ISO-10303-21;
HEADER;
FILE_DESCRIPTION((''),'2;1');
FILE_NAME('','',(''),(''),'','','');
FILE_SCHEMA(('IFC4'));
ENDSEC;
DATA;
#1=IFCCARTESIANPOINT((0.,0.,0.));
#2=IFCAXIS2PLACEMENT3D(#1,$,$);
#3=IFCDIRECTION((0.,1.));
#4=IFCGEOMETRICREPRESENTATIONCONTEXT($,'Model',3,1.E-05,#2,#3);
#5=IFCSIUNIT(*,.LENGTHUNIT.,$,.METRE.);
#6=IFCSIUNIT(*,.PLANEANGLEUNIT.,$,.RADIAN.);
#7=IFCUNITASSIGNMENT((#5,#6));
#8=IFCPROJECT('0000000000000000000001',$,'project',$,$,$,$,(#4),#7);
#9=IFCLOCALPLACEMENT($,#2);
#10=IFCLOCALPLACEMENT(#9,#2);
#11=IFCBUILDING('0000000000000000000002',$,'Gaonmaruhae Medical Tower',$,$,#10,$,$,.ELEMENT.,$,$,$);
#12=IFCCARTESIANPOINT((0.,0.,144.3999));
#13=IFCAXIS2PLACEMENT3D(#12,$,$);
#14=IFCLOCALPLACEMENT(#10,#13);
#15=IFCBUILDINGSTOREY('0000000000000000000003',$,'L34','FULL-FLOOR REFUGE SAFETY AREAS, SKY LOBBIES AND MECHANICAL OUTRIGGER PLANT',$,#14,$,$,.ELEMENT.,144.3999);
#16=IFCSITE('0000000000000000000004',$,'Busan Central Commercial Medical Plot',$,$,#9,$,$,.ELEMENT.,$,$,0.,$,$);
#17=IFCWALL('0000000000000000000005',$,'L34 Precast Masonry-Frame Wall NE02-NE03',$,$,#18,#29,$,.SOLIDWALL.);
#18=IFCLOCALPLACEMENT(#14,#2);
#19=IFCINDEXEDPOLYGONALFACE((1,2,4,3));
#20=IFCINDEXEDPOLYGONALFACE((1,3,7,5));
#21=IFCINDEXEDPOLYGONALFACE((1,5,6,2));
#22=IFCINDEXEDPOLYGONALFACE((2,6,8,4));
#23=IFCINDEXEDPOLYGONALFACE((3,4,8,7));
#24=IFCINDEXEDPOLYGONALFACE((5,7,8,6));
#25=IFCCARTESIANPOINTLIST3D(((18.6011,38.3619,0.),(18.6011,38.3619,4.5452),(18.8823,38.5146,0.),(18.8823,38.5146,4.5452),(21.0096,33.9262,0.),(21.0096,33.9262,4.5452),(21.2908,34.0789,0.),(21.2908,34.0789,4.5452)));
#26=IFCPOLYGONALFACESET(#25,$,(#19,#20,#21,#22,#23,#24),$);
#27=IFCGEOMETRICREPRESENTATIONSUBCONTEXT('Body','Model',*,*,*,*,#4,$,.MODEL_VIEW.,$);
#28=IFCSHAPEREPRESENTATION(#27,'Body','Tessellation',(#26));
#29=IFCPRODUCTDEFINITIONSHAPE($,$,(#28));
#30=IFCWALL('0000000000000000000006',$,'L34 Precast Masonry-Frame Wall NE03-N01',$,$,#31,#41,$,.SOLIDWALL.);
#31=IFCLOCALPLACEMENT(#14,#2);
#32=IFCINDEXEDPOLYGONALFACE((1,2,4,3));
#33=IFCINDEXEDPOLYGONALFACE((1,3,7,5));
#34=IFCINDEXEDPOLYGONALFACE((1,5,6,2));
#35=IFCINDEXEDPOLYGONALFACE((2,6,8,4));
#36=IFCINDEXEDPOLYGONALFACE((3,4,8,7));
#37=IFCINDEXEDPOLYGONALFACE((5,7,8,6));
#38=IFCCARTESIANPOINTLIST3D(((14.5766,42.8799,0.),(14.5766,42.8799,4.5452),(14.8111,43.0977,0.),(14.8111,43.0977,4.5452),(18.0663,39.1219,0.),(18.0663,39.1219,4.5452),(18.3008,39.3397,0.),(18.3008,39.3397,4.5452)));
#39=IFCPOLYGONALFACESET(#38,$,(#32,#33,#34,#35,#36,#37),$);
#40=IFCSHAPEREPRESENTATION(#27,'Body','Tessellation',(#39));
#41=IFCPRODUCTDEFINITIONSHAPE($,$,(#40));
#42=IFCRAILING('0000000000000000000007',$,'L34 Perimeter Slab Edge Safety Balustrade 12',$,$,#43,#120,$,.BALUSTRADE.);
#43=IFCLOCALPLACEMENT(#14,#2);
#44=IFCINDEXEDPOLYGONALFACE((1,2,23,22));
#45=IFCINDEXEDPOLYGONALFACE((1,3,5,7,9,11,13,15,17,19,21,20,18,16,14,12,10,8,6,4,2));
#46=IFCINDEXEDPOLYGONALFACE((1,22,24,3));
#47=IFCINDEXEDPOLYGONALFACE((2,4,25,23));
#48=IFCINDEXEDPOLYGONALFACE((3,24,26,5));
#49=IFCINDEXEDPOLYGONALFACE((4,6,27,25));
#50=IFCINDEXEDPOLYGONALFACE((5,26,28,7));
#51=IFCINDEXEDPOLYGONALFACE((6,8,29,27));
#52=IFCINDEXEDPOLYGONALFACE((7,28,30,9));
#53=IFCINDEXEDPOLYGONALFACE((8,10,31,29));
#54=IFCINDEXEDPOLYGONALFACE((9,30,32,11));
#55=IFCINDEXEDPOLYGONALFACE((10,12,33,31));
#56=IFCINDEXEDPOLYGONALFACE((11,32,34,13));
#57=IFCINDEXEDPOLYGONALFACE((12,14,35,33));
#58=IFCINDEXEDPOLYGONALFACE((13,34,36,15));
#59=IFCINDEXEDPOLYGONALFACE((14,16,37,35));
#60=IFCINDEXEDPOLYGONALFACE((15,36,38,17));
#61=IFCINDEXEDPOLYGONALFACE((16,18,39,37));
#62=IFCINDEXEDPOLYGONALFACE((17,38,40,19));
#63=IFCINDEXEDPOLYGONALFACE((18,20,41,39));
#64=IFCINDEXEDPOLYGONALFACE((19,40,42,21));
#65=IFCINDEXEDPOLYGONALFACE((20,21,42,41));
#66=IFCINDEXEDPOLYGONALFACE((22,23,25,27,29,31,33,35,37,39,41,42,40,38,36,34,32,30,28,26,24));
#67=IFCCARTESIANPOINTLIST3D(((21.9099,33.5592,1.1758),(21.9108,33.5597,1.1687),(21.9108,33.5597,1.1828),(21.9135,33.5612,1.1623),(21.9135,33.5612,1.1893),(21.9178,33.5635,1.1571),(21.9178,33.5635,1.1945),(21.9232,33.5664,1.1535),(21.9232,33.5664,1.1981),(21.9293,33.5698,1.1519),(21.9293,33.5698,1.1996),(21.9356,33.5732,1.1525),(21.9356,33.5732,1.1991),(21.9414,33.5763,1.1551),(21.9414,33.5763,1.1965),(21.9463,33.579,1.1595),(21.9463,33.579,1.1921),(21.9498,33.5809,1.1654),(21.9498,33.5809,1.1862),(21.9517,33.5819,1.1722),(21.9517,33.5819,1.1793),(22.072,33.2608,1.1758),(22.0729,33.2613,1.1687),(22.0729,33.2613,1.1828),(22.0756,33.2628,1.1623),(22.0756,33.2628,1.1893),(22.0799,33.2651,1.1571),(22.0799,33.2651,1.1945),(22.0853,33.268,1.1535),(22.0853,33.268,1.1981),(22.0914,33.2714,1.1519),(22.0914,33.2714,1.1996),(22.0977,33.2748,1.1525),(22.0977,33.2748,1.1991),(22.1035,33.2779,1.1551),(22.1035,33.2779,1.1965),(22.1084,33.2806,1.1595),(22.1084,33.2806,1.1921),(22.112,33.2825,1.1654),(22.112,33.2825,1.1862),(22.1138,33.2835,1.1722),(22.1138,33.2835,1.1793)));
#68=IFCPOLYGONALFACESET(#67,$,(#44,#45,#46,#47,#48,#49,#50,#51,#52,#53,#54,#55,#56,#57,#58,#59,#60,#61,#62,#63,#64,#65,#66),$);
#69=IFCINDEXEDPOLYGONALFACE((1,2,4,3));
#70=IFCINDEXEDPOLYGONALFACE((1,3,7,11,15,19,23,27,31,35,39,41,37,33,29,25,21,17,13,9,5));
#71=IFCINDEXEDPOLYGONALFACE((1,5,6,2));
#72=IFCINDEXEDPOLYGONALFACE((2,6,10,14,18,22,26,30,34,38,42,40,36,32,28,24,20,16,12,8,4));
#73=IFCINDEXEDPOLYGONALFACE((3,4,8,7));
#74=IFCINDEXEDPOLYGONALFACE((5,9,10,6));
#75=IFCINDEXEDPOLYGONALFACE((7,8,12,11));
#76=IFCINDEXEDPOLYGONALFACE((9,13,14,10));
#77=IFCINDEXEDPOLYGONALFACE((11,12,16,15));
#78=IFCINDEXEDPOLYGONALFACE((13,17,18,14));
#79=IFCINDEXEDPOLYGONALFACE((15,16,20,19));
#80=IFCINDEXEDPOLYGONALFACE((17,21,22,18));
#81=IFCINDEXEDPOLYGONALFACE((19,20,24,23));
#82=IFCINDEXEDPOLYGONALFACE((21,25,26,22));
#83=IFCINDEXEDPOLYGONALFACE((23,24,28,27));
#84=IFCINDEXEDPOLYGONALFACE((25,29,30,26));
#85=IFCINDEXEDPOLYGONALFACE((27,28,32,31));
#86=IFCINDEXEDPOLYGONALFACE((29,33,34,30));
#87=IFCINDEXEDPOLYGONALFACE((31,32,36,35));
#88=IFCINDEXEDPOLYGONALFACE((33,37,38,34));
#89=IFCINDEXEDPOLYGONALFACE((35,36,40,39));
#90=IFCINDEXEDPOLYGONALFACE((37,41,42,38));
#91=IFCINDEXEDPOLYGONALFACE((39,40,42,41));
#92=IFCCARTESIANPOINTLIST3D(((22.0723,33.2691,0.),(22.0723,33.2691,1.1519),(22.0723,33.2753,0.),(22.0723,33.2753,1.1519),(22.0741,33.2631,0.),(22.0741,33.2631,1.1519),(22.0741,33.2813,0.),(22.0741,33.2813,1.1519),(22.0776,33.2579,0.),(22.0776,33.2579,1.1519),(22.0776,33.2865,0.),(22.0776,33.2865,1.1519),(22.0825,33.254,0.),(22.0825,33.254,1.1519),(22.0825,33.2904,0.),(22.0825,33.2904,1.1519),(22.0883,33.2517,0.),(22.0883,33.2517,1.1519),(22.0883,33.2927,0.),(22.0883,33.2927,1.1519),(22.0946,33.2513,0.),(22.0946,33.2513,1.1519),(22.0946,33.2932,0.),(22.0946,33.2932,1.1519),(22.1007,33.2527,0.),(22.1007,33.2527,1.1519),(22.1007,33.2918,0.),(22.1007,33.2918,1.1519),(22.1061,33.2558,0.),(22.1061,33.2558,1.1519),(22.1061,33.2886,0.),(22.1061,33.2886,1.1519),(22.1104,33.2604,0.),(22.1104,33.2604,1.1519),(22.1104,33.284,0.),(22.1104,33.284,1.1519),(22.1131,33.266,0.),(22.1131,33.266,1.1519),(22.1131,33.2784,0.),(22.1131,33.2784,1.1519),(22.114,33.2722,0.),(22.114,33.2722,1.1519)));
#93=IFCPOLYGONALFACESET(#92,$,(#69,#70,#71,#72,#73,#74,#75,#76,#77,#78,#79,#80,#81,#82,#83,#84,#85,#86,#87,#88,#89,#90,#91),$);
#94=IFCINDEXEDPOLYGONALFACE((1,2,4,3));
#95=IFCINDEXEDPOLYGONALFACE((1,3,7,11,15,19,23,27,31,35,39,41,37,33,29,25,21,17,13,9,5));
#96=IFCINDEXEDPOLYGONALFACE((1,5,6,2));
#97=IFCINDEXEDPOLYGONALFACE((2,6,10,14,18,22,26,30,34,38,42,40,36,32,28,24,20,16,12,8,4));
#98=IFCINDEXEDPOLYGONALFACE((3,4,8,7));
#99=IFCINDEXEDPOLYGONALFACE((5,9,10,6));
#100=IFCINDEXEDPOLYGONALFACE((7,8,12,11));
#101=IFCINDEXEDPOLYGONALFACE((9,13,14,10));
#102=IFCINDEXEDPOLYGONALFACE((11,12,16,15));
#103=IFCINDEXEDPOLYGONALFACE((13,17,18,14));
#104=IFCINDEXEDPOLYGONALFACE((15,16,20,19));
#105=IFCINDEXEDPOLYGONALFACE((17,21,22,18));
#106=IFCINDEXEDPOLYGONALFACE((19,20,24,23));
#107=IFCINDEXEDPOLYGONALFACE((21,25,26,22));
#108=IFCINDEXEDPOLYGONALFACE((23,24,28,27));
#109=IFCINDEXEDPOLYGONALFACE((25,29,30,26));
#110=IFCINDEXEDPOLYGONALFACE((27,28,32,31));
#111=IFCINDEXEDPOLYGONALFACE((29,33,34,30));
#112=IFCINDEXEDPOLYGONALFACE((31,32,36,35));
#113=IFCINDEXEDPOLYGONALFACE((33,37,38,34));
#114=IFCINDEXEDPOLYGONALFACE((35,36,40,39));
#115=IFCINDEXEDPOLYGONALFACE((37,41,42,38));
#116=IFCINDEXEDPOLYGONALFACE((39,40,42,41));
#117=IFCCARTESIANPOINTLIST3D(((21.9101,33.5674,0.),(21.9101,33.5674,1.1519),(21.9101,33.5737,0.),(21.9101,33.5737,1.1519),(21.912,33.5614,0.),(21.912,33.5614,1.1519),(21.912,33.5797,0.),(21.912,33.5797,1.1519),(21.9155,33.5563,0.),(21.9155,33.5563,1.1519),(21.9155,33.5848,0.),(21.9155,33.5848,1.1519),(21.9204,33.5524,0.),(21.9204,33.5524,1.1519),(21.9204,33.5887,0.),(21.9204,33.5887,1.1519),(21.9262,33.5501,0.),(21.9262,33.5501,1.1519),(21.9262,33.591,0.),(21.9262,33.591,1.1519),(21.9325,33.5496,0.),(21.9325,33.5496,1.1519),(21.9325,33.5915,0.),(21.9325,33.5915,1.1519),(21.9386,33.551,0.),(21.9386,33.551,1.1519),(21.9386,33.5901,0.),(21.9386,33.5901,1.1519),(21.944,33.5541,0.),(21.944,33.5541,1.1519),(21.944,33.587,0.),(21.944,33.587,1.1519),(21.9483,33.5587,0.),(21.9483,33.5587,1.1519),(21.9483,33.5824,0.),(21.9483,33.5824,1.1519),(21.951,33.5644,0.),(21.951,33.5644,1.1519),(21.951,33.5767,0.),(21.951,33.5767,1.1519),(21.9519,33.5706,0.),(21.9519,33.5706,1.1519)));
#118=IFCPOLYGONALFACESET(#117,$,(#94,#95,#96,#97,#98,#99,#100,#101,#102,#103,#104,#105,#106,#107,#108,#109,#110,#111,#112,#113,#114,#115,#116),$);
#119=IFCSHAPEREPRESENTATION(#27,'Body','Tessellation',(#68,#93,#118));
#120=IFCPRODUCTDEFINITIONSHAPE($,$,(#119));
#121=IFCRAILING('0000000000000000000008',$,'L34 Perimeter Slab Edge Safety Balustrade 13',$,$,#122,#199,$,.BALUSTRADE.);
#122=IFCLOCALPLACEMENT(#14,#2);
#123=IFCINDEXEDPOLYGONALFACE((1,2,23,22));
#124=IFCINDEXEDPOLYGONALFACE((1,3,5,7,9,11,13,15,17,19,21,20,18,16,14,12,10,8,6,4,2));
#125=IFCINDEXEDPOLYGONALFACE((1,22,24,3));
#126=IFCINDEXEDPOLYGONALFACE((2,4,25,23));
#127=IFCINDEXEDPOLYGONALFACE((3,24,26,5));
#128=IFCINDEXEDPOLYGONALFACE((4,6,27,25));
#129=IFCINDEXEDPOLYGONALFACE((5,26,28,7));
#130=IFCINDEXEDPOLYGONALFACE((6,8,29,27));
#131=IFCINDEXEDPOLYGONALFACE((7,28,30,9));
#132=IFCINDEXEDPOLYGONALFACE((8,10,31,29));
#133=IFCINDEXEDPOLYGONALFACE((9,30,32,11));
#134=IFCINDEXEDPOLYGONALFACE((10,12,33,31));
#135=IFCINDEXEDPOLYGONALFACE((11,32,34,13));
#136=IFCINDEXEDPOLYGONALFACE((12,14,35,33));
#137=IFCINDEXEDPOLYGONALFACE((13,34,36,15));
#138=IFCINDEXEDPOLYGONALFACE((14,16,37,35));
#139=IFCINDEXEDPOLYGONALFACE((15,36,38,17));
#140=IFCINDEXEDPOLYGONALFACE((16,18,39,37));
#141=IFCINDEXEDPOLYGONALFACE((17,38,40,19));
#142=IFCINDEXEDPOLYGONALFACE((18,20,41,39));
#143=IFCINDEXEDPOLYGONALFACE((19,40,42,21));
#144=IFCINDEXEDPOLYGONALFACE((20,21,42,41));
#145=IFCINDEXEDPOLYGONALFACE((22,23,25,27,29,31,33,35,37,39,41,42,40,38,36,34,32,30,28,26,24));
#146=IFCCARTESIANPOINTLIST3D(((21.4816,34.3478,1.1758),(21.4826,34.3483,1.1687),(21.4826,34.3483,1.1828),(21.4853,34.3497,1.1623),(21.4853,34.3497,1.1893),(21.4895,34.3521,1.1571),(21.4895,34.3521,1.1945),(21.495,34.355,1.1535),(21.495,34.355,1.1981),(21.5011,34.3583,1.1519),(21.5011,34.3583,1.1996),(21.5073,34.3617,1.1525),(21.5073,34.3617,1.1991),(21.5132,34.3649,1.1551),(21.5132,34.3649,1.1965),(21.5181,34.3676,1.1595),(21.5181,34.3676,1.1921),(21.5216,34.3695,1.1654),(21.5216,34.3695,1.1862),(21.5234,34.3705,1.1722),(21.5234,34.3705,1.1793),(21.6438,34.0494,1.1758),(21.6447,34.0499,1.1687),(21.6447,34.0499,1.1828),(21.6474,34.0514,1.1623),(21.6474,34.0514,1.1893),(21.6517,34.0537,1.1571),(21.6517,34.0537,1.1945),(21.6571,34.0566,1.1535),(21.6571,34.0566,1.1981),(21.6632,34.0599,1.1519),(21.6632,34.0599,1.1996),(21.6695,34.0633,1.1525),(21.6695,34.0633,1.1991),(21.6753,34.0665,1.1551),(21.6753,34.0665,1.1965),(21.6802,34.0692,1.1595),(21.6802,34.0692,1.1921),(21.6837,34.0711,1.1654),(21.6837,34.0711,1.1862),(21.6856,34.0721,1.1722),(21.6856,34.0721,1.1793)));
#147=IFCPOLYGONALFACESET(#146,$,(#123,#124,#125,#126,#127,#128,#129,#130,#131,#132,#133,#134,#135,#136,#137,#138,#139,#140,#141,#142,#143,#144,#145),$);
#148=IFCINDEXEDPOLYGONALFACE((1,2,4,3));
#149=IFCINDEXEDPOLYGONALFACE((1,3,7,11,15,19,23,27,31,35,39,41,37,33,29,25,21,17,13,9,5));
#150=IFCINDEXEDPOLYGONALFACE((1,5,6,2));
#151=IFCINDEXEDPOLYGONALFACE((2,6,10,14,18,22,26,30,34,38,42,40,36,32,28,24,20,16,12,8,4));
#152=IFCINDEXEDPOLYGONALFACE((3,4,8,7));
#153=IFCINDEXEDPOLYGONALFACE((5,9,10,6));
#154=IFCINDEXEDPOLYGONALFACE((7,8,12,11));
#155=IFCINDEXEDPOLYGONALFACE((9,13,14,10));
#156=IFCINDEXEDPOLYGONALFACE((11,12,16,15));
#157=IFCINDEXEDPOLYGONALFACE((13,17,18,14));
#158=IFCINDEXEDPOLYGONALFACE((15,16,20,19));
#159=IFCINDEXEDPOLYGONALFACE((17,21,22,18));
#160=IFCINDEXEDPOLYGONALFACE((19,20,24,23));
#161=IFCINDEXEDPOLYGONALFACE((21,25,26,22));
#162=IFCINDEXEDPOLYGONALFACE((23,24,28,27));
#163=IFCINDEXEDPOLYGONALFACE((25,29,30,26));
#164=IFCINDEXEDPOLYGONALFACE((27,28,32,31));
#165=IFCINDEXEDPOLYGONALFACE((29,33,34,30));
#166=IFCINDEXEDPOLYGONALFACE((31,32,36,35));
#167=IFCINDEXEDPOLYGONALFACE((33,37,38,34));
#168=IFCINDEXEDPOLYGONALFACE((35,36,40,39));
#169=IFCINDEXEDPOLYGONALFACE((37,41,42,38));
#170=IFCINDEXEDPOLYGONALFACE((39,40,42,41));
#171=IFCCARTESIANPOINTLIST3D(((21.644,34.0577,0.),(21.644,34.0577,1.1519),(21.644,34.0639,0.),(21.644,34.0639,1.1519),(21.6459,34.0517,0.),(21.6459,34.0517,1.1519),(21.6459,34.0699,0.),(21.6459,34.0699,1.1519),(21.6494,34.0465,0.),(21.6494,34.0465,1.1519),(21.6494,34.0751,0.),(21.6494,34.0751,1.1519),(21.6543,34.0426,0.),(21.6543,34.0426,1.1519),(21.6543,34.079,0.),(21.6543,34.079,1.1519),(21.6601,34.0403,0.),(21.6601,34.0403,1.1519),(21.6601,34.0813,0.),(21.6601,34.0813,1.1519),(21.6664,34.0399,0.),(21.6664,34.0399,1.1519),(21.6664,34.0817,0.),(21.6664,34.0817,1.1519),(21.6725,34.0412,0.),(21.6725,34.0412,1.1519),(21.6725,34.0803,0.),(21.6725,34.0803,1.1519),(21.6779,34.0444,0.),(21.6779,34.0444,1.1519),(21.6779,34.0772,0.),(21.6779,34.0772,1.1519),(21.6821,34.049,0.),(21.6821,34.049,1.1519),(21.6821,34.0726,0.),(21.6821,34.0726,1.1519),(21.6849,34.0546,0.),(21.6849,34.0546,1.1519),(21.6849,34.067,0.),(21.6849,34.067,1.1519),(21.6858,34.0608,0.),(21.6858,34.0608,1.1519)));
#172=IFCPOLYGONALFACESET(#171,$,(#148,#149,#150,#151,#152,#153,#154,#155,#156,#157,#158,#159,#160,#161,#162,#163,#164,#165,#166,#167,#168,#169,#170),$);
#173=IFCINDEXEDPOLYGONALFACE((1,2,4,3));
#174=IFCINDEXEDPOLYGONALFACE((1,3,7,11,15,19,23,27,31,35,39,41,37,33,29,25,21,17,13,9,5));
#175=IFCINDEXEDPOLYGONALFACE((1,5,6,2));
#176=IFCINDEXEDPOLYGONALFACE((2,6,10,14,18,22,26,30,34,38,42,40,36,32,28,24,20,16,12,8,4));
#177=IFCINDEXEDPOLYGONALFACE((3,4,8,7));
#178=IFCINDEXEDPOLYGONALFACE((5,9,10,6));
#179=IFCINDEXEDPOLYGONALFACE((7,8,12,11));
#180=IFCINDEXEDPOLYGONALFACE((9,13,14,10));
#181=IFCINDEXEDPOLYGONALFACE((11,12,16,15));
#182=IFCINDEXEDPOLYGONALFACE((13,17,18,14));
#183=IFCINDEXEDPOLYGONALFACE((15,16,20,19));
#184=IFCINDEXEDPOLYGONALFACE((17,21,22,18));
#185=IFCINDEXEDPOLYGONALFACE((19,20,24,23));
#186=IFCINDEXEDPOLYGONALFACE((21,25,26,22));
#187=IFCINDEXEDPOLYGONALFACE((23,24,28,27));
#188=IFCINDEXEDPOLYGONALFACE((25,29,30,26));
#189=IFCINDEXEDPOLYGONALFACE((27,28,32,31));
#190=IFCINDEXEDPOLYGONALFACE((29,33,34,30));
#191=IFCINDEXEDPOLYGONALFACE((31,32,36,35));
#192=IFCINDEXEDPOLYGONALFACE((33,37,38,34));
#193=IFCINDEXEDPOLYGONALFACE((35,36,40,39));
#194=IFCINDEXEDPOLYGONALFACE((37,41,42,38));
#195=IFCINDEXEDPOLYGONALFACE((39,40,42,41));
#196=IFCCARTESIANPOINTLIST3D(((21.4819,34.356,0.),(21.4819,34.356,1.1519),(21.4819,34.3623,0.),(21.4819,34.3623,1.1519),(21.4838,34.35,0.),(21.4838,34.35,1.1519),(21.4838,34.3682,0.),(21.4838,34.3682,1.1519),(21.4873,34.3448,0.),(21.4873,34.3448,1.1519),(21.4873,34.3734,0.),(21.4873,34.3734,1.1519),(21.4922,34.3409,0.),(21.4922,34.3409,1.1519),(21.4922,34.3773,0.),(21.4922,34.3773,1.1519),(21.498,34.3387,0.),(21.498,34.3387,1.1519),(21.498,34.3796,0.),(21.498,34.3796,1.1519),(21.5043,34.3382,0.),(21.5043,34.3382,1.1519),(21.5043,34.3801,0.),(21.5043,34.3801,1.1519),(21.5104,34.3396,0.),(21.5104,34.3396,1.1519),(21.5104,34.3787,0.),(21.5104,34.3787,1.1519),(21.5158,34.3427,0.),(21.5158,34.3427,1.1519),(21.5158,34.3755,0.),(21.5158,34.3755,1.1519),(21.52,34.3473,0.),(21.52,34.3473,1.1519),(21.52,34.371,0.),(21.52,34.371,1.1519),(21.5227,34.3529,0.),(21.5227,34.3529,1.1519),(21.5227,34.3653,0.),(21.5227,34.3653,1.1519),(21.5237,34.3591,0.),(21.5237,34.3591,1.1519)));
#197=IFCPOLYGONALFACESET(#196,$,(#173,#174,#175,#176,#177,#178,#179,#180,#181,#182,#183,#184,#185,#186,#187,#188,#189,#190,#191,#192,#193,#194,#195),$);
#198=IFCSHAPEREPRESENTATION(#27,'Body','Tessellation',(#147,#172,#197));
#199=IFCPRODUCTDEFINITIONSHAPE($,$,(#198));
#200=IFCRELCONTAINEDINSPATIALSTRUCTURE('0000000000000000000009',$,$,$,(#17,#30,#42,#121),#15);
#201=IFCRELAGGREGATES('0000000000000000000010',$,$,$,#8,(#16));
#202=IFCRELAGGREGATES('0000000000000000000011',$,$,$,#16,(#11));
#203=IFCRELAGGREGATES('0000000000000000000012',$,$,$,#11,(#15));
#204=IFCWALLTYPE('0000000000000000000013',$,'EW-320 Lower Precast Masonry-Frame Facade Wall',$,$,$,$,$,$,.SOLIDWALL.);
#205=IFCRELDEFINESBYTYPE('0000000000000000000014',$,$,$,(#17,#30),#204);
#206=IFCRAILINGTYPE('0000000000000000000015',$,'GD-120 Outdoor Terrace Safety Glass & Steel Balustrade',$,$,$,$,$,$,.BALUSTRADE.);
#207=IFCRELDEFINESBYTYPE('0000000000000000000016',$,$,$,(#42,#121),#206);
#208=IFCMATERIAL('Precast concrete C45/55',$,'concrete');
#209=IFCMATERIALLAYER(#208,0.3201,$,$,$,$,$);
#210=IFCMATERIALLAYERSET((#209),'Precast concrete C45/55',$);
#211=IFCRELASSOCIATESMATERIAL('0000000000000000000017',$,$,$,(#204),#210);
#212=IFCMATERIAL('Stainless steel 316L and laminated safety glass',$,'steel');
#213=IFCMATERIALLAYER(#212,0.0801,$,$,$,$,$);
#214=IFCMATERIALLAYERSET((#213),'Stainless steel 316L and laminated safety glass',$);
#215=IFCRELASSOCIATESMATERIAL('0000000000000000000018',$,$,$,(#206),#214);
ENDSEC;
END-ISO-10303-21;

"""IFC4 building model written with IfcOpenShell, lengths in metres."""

from ifc_helpers import new_model, si_unit, direction, frame, frame_2d, origin, origin_2d, place, context, subcontext, project, spatial, rectangle, circle, extrude, material, layer, layer_set, type_object, element, save


model = new_model("IFC4")

# Units and contexts
model_context = context("Model", 3, precision=1e-05, world=origin(), true_north=direction((0.0, 1.0)))
body_context = subcontext(model_context, "Body", "Model", "MODEL_VIEW")
ifc_project = project(units=[si_unit("LENGTHUNIT", "METRE"), si_unit("PLANEANGLEUNIT", "RADIAN")], contexts=[model_context])

# Site, building, storey
site_placement = place(None, origin())
site = spatial("IfcSite", under=ifc_project, at=site_placement, Name="Busan Central Commercial Medical Plot", CompositionType="ELEMENT", RefElevation=0.0)
building_placement = place(site_placement, origin())
building = spatial("IfcBuilding", under=site, at=building_placement, Name="Gaonmaruhae Medical Tower", CompositionType="ELEMENT")
storey_placement = place(building_placement, frame((0.0, 0.0, 144.3999)))
storey = spatial("IfcBuildingStorey", under=building, at=storey_placement, Name="L34", Description="FULL-FLOOR REFUGE SAFETY AREAS, SKY LOBBIES AND MECHANICAL OUTRIGGER PLANT", CompositionType="ELEMENT", Elevation=144.3999)

# Walls
ifc_material_1 = material(Name="Precast concrete C45/55", Category="concrete")
ifc_layer_1 = layer(ifc_material_1, 0.3201)
ifc_layer_set_1 = layer_set([ifc_layer_1], Name="Precast concrete C45/55")
wall_type = type_object("IfcWallType", Name="EW-320 Lower Precast Masonry-Frame Facade Wall", PredefinedType="SOLIDWALL", material=ifc_layer_set_1)
wall_1_placement = place(storey_placement, frame((18.7417, 38.4382, 0.0), z_axis=(0.0, 0.0, 1.0), x_axis=(0.47718, -0.878805, 0.0)))
element("IfcWall", 1, at=wall_1_placement, inside=storey, type_object=wall_type, Name="L34 Precast Masonry-Frame Wall NE02-NE03", PredefinedType="SOLIDWALL", context=body_context, shape_type="SweptSolid", body=[
    extrude(rectangle(XDim=5.0474, YDim=0.3201, at=frame_2d((2.5237, 0.0))), origin(), (0.0, 0.0, 1.0), 4.5452),
])
wall_2_placement = place(storey_placement, frame((14.6938, 42.9888, 0.0), z_axis=(0.0, 0.0, 1.0), x_axis=(0.680464, -0.732782, 0.0)))
element("IfcWall", 2, at=wall_2_placement, inside=storey, type_object=wall_type, Name="L34 Precast Masonry-Frame Wall NE03-N01", PredefinedType="SOLIDWALL", context=body_context, shape_type="SweptSolid", body=[
    extrude(rectangle(XDim=5.1284, YDim=0.3201, at=frame_2d((2.5642, 0.0))), origin(), (0.0, 0.0, 1.0), 4.5452),
])

# Railings
ifc_material_2 = material(Name="Stainless steel 316L and laminated safety glass", Category="steel")
ifc_layer_2 = layer(ifc_material_2, 0.0801)
ifc_layer_set_2 = layer_set([ifc_layer_2], Name="Stainless steel 316L and laminated safety glass")
railing_type = type_object("IfcRailingType", Name="GD-120 Outdoor Terrace Safety Glass & Steel Balustrade", PredefinedType="BALUSTRADE", material=ifc_layer_set_2)
for number, where, name in (
    (3, (22.093, 33.2722, 0.0), "L34 Perimeter Slab Edge Safety Balustrade 12"),
    (4, (21.6648, 34.0608, 0.0), "L34 Perimeter Slab Edge Safety Balustrade 13"),
):
    element("IfcRailing", number, at=place(storey_placement, frame(where)), inside=storey, type_object=railing_type, Name=name, PredefinedType="BALUSTRADE", context=body_context, shape_type="SweptSolid", body=[
        extrude(circle(Radius=0.0239, at=origin_2d()), frame((0.0, 0.0, 1.1758), z_axis=(-0.477441, 0.878664, 0.0), x_axis=(-0.878664, -0.477441, 0.0)), (0.0, 0.0, 1.0), 0.3396),
        extrude(circle(Radius=0.021, at=origin_2d()), origin(), (0.0, 0.0, 1.0), 1.1519),
        extrude(circle(Radius=0.021, at=origin_2d()), frame((-0.1621, 0.2983, 0.0)), (0.0, 0.0, 1.0), 1.1519),
    ])

save(model, "model.ifc")
